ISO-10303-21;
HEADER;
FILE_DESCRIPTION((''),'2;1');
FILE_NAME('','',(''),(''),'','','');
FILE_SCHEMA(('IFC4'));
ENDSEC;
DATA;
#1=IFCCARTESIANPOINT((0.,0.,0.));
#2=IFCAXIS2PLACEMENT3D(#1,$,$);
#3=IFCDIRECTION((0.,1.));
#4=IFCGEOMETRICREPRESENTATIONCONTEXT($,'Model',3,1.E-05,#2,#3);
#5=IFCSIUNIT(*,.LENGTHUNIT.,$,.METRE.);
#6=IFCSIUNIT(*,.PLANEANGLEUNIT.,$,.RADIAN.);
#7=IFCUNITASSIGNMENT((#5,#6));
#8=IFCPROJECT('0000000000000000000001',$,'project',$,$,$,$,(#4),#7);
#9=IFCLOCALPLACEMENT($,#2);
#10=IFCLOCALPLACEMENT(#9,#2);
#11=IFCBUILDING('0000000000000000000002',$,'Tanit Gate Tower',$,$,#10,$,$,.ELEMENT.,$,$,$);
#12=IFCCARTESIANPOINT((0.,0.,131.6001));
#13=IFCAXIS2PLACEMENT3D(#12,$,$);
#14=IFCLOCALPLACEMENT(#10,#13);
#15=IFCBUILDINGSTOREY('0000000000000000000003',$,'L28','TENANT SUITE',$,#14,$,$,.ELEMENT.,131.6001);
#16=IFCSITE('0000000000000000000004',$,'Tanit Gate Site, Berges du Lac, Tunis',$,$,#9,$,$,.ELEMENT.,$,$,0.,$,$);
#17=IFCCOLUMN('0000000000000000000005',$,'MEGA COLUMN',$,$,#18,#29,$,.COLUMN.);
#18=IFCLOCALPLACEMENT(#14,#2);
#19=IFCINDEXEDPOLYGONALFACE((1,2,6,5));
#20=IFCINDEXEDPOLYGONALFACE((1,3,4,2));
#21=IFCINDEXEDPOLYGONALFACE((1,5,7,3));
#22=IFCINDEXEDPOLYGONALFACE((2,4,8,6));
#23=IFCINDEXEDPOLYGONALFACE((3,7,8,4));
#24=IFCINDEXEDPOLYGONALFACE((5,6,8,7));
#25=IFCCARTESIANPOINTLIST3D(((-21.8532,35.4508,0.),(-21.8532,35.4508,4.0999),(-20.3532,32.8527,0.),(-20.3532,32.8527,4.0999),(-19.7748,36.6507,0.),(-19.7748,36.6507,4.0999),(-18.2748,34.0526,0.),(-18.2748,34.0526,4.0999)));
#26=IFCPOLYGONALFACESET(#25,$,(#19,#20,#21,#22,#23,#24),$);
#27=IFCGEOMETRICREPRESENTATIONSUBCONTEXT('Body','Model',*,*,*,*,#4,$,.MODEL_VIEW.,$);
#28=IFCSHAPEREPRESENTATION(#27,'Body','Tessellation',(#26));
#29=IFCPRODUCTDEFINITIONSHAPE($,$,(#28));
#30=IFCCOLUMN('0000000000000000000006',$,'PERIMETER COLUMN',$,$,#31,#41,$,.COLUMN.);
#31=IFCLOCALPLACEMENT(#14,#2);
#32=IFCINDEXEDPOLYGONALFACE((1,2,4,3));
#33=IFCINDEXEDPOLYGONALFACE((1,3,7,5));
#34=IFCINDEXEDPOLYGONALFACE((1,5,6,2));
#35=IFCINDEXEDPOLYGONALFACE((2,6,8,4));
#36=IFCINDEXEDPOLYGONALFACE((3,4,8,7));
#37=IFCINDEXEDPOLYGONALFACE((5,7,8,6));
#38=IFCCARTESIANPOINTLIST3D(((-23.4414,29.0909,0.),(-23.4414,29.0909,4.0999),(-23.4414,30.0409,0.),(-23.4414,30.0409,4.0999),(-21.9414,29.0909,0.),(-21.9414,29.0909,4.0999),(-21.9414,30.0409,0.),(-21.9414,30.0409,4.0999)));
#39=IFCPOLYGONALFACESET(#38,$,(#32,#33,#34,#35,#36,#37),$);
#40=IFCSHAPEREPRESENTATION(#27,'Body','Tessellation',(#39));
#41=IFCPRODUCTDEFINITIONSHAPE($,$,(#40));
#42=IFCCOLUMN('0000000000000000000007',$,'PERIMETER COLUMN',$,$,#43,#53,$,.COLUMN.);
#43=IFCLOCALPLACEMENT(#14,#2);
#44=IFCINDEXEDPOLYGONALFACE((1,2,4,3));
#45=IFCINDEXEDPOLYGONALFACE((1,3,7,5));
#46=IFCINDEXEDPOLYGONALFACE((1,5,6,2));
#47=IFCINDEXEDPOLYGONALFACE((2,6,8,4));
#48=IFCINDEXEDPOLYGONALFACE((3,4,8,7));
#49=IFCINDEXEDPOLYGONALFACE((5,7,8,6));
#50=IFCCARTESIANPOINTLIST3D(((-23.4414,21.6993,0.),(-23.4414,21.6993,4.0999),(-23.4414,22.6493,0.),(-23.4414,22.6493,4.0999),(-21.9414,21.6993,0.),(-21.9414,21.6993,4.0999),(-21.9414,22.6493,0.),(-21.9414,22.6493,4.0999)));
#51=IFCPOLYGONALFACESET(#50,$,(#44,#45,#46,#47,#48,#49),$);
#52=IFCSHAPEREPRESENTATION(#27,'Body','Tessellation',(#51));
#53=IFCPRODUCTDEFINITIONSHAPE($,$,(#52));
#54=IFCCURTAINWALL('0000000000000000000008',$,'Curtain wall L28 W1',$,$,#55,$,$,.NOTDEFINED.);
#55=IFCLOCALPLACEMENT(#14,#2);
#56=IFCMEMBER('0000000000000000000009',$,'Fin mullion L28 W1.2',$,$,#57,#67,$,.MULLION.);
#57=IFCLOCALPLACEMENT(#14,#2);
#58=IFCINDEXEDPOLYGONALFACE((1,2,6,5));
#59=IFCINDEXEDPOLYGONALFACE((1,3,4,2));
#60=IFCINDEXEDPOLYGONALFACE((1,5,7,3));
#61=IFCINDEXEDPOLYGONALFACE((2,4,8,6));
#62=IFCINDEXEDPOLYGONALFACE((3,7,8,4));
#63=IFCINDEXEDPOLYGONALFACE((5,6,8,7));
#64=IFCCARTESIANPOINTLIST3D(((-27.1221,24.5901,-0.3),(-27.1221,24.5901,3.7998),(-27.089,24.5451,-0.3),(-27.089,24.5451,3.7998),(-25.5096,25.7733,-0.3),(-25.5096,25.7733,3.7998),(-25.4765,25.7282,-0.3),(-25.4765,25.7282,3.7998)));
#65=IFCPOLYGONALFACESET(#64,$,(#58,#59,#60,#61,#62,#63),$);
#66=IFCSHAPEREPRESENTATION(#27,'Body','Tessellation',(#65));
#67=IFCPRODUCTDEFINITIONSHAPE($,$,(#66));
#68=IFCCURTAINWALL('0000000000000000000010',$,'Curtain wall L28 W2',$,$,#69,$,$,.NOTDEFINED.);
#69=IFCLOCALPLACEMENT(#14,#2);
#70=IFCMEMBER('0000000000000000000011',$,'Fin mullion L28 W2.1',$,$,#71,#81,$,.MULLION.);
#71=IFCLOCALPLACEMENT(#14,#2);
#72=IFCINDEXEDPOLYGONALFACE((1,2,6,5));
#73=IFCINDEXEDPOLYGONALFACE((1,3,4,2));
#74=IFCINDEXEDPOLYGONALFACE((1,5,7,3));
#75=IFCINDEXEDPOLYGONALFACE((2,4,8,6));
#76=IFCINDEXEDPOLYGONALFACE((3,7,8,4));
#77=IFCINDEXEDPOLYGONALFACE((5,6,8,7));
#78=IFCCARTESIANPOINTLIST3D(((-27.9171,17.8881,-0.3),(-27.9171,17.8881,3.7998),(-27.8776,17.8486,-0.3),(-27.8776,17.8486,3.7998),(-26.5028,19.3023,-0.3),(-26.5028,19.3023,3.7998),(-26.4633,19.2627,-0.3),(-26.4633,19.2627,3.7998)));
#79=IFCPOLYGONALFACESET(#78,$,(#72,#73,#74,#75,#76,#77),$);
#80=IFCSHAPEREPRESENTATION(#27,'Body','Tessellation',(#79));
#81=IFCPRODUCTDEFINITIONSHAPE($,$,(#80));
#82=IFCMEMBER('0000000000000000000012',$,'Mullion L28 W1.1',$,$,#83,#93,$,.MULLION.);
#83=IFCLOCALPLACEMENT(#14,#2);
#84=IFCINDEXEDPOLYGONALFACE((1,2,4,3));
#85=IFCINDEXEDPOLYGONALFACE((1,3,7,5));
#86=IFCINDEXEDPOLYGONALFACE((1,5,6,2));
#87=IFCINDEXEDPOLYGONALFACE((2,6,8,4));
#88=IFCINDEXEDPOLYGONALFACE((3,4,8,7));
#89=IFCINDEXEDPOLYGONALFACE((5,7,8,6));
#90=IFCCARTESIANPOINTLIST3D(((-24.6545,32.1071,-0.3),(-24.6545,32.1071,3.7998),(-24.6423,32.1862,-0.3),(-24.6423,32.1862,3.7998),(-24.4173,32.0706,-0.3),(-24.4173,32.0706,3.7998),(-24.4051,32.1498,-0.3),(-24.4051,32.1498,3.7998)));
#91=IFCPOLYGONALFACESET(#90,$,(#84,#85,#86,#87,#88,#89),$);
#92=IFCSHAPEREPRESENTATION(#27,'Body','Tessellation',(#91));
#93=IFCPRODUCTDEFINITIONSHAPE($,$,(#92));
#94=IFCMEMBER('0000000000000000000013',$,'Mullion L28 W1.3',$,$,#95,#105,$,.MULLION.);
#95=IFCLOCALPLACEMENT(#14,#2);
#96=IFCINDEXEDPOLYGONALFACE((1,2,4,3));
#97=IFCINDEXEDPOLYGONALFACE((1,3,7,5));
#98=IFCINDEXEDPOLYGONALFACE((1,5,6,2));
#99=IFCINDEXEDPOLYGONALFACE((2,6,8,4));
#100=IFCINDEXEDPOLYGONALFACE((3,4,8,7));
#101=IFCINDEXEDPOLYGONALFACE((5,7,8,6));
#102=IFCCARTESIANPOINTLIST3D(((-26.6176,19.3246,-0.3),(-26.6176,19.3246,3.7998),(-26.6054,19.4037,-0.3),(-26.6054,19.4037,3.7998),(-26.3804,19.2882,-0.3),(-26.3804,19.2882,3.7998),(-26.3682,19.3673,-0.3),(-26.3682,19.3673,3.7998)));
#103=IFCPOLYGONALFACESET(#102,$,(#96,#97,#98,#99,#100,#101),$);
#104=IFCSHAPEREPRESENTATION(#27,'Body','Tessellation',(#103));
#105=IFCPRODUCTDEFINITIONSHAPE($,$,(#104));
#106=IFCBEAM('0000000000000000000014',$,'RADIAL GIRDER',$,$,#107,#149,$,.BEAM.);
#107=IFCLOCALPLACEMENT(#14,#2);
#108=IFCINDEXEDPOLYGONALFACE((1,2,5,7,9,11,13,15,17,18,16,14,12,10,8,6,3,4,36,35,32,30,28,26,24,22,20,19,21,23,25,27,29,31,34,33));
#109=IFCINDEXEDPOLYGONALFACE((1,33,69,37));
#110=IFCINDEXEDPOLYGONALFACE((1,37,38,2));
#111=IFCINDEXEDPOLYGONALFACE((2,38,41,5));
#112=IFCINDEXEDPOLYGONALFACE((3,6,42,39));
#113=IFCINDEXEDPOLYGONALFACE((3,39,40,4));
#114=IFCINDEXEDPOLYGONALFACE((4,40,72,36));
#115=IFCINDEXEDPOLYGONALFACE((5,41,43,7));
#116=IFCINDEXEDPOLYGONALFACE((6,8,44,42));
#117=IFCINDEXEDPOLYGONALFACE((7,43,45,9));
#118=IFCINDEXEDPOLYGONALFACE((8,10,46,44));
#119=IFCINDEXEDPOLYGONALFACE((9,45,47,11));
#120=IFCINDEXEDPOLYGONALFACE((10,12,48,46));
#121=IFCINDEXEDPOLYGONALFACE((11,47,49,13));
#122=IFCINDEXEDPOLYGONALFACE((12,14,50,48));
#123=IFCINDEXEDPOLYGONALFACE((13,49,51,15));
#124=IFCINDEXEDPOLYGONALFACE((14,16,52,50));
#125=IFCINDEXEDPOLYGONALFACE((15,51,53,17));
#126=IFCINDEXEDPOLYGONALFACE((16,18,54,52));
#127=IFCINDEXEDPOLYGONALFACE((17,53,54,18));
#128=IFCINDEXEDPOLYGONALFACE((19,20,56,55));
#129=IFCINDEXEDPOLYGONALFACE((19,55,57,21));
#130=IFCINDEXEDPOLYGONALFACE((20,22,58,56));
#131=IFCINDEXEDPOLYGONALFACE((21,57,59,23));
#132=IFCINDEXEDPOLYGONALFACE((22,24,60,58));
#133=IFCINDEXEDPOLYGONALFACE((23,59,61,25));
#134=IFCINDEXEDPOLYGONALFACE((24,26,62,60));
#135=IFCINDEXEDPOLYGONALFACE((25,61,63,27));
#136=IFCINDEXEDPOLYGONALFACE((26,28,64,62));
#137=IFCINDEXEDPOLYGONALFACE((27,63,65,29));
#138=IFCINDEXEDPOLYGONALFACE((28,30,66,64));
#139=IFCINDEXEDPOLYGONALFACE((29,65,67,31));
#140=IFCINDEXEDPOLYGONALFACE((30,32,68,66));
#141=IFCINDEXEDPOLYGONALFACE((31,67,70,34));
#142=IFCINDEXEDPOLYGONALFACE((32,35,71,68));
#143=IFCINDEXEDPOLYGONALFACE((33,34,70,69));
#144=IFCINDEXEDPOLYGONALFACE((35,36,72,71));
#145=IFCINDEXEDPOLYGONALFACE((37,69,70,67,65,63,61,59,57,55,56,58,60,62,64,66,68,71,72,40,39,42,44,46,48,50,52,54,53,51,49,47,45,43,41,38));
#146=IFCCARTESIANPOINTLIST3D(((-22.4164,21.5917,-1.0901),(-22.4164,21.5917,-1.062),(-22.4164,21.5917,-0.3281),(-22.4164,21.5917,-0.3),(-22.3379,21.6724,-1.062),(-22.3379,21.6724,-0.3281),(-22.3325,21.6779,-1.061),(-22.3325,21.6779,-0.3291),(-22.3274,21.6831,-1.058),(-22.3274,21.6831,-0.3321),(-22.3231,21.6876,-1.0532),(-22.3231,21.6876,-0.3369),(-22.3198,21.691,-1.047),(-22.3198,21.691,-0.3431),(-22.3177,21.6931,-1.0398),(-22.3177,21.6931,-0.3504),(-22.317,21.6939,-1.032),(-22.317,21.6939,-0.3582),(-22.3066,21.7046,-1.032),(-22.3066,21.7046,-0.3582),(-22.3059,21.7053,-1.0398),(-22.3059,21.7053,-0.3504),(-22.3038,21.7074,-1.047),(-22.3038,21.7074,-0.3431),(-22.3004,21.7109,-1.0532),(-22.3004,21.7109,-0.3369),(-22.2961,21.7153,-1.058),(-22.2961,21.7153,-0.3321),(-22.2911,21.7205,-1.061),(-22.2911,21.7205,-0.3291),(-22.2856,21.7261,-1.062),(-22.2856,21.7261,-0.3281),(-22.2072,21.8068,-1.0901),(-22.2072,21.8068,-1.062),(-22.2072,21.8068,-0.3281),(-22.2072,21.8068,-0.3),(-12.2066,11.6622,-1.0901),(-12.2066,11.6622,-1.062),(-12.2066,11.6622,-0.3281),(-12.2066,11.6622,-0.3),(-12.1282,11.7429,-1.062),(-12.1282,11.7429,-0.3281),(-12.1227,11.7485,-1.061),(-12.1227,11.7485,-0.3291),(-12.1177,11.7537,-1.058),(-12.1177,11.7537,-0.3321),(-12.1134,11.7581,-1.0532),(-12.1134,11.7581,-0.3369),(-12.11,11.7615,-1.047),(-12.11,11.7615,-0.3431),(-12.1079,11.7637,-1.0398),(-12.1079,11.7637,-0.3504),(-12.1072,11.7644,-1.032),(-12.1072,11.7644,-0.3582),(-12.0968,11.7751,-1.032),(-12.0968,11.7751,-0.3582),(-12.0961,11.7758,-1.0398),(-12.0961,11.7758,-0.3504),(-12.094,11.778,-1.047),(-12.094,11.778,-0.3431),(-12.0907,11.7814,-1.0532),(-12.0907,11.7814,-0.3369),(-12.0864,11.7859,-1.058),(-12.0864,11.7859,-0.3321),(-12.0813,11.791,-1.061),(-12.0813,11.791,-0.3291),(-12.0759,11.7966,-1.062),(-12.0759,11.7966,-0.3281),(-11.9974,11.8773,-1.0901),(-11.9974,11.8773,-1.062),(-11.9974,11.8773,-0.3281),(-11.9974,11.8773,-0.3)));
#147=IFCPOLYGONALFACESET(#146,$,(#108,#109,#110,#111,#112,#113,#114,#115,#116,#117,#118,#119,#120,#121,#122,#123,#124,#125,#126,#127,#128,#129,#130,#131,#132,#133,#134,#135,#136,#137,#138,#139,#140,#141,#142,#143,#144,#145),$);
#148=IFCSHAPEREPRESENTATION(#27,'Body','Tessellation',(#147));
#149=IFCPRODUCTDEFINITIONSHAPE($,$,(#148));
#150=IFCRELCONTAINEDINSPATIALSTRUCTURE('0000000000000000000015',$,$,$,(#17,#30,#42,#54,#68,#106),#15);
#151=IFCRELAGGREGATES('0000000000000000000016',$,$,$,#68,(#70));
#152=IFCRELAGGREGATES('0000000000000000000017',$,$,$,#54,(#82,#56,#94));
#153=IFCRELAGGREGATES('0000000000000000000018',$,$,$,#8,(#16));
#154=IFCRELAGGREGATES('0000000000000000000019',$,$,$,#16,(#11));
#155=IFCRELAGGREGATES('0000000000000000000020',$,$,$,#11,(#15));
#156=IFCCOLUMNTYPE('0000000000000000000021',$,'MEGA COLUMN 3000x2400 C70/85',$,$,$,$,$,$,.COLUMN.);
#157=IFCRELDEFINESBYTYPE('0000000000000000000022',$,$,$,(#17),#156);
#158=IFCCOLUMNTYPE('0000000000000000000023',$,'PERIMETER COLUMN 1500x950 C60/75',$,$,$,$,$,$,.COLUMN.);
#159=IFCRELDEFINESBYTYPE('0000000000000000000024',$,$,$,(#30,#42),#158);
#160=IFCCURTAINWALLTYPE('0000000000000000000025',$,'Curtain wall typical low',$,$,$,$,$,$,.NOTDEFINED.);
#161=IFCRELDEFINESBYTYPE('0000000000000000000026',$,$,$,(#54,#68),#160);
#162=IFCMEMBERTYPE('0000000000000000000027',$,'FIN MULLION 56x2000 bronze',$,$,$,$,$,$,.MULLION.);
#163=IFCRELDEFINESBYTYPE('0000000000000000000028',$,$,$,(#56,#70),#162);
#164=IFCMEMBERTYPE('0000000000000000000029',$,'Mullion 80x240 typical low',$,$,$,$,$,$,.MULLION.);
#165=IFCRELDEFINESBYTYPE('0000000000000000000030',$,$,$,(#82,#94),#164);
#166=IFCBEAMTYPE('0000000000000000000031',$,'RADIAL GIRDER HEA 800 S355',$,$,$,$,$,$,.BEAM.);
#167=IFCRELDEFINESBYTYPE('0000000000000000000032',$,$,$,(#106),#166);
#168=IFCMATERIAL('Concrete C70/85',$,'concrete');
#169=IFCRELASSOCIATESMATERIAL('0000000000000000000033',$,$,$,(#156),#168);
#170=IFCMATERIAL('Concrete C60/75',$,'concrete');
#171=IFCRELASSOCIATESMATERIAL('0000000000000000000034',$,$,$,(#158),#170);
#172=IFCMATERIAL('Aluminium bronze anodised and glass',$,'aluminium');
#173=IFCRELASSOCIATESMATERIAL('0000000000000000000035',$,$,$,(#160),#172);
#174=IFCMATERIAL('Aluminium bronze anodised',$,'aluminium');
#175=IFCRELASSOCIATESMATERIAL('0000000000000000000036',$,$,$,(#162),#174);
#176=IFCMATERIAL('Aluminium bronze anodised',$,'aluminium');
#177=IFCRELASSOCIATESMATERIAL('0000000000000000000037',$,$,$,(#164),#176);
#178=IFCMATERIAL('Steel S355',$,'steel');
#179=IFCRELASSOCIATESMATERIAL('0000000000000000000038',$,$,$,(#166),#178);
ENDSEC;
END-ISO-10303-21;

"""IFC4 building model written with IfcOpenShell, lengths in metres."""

from ifc_helpers import new_model, si_unit, direction, frame, origin, origin_2d, place, context, subcontext, project, spatial, rectangle, i_section, extrude, material, material_profile, profile_set, type_object, element, aggregate, save


model = new_model("IFC4")

# Units and contexts
model_context = context("Model", 3, precision=1e-05, world=origin(), true_north=direction((0.0, 1.0)))
body_context = subcontext(model_context, "Body", "Model", "MODEL_VIEW")
ifc_project = project(units=[si_unit("LENGTHUNIT", "METRE"), si_unit("PLANEANGLEUNIT", "RADIAN")], contexts=[model_context])

# Site, building, storey
site_placement = place(None, origin())
site = spatial("IfcSite", under=ifc_project, at=site_placement, Name="Tanit Gate Site, Berges du Lac, Tunis", CompositionType="ELEMENT", RefElevation=0.0)
building_placement = place(site_placement, origin())
building = spatial("IfcBuilding", under=site, at=building_placement, Name="Tanit Gate Tower", CompositionType="ELEMENT")
storey_placement = place(building_placement, frame((0.0, 0.0, 131.6001)))
storey = spatial("IfcBuildingStorey", under=building, at=storey_placement, Name="L28", Description="TENANT SUITE", CompositionType="ELEMENT", Elevation=131.6001)

# Columns
ifc_material_1 = material(Name="Concrete C70/85", Category="concrete")
ifc_material_profile_1 = material_profile(ifc_material_1, rectangle(XDim=3.0, YDim=2.3999, at=origin_2d()), Name="RC 3000x2400")
ifc_profile_set_1 = profile_set([ifc_material_profile_1], Name="Concrete C70/85")
column_type_1 = type_object("IfcColumnType", Name="MEGA COLUMN 3000x2400 C70/85", PredefinedType="COLUMN", material=ifc_profile_set_1)
column_placement = place(storey_placement, frame((-20.064, 34.7517, 0.0), z_axis=(0.0, 0.0, 1.0), x_axis=(-0.5, 0.866025, 0.0)))
element("IfcColumn", 1, at=column_placement, inside=storey, type_object=column_type_1, Name="MEGA COLUMN", PredefinedType="COLUMN", context=body_context, shape_type="SweptSolid", body=[
    extrude(rectangle(XDim=3.0, YDim=2.3999, at=origin_2d()), origin(), (0.0, 0.0, 1.0), 4.0999),
])
ifc_material_2 = material(Name="Concrete C60/75", Category="concrete")
ifc_material_profile_2 = material_profile(ifc_material_2, rectangle(XDim=1.5, YDim=0.95, at=origin_2d()), Name="RC 1500x950")
ifc_profile_set_2 = profile_set([ifc_material_profile_2], Name="Concrete C60/75")
column_type_2 = type_object("IfcColumnType", Name="PERIMETER COLUMN 1500x950 C60/75", PredefinedType="COLUMN", material=ifc_profile_set_2)
for number, where, z_axis, x_axis, name in (
    (2, (-22.6914, 29.5659, 0.0), (0.0, 0.0, 1.0), (-1.0, 0.0, 0.0), "PERIMETER COLUMN"),
    (3, (-22.6914, 22.1743, 0.0), (0.0, 0.0, 1.0), (-1.0, 0.0, 0.0), "PERIMETER COLUMN"),
):
    element("IfcColumn", number, at=place(storey_placement, frame(where, z_axis=z_axis, x_axis=x_axis)), inside=storey, type_object=column_type_2, Name=name, PredefinedType="COLUMN", context=body_context, shape_type="SweptSolid", body=[
        extrude(rectangle(XDim=1.5, YDim=0.95, at=origin_2d()), origin(), (0.0, 0.0, 1.0), 4.0999),
    ])

# Curtain walls, members
ifc_material_3 = material(Name="Aluminium bronze anodised and glass", Category="aluminium")
curtain_wall_type = type_object("IfcCurtainWallType", Name="Curtain wall typical low", PredefinedType="NOTDEFINED", material=ifc_material_3)
curtain_wall_1_placement = place(storey_placement, origin())
curtain_wall_1 = element("IfcCurtainWall", 4, at=curtain_wall_1_placement, inside=storey, type_object=curtain_wall_type, Name="Curtain wall L28 W1", PredefinedType="NOTDEFINED")
ifc_material_4 = material(Name="Aluminium bronze anodised", Category="aluminium")
ifc_material_profile_3 = material_profile(ifc_material_4, rectangle(XDim=2.0, YDim=0.0559, at=origin_2d()), Name="56x2000 bronze fin mullion")
ifc_profile_set_3 = profile_set([ifc_material_profile_3], Name="Aluminium bronze anodised")
member_type_1 = type_object("IfcMemberType", Name="FIN MULLION 56x2000 bronze", PredefinedType="MULLION", material=ifc_profile_set_3)
member_1_placement = place(storey_placement, frame((-26.2993, 25.1592, -0.3), z_axis=(0.0, 0.0, 1.0), x_axis=(0.806255, 0.591568, 0.0)))
member_1 = element("IfcMember", 5, at=member_1_placement, type_object=member_type_1, Name="Fin mullion L28 W1.2", PredefinedType="MULLION", context=body_context, shape_type="SweptSolid", body=[
    extrude(rectangle(XDim=2.0, YDim=0.0559, at=origin_2d()), origin(), (0.0, 0.0, 1.0), 4.0999),
])
curtain_wall_2_placement = place(storey_placement, origin())
curtain_wall_2 = element("IfcCurtainWall", 6, at=curtain_wall_2_placement, inside=storey, type_object=curtain_wall_type, Name="Curtain wall L28 W2", PredefinedType="NOTDEFINED")
member_2_placement = place(storey_placement, frame((-27.1902, 18.5754, -0.3), z_axis=(0.0, 0.0, 1.0), x_axis=(0.707156, 0.707058, 0.0)))
member_2 = element("IfcMember", 7, at=member_2_placement, type_object=member_type_1, Name="Fin mullion L28 W2.1", PredefinedType="MULLION", context=body_context, shape_type="SweptSolid", body=[
    extrude(rectangle(XDim=2.0, YDim=0.0559, at=origin_2d()), origin(), (0.0, 0.0, 1.0), 4.0999),
])

# Members
ifc_material_5 = material(Name="Aluminium bronze anodised", Category="aluminium")
ifc_material_profile_4 = material_profile(ifc_material_5, rectangle(XDim=0.24, YDim=0.0801, at=origin_2d()), Name="80x240 bronze mullion")
ifc_profile_set_4 = profile_set([ifc_material_profile_4], Name="Aluminium bronze anodised")
member_type_2 = type_object("IfcMemberType", Name="Mullion 80x240 typical low", PredefinedType="MULLION", material=ifc_profile_set_4)
member_3_placement = place(storey_placement, frame((-24.5298, 32.1284, -0.3), z_axis=(0.0, 0.0, 1.0), x_axis=(0.98841, -0.151807, 0.0)))
member_3 = element("IfcMember", 8, at=member_3_placement, type_object=member_type_2, Name="Mullion L28 W1.1", PredefinedType="MULLION", context=body_context, shape_type="SweptSolid", body=[
    extrude(rectangle(XDim=0.24, YDim=0.0801, at=origin_2d()), origin(), (0.0, 0.0, 1.0), 4.0999),
])
member_4_placement = place(storey_placement, frame((-26.4929, 19.3459, -0.3), z_axis=(0.0, 0.0, 1.0), x_axis=(0.98841, -0.151807, 0.0)))
member_4 = element("IfcMember", 9, at=member_4_placement, type_object=member_type_2, Name="Mullion L28 W1.3", PredefinedType="MULLION", context=body_context, shape_type="SweptSolid", body=[
    extrude(rectangle(XDim=0.24, YDim=0.0801, at=origin_2d()), origin(), (0.0, 0.0, 1.0), 4.0999),
])

# Beam
ifc_material_6 = material(Name="Steel S355", Category="steel")
ifc_material_profile_5 = material_profile(ifc_material_6, i_section(OverallWidth=0.3, OverallDepth=0.79, WebThickness=0.0149, FlangeThickness=0.0281, FilletRadius=0.03, at=origin_2d()), Name="HEA 800")
ifc_profile_set_5 = profile_set([ifc_material_profile_5], Name="Steel S355")
beam_type_1 = type_object("IfcBeamType", Name="RADIAL GIRDER HEA 800 S355", PredefinedType="BEAM", material=ifc_profile_set_5)
beam_1_placement = place(storey_placement, frame((-22.3118, 21.6992, -0.6951), z_axis=(0.716878, -0.697199, 0.0), x_axis=(0.697199, 0.716878, 0.0)))
element("IfcBeam", 10, at=beam_1_placement, inside=storey, type_object=beam_type_1, Name="RADIAL GIRDER", PredefinedType="BEAM", context=body_context, shape_type="SweptSolid", body=[
    extrude(i_section(OverallWidth=0.3, OverallDepth=0.79, WebThickness=0.0149, FlangeThickness=0.0281, FilletRadius=0.03, at=origin_2d()), origin(), (0.0, 0.0, 1.0), 14.2419),
])

aggregate(curtain_wall_2, [member_2])

aggregate(curtain_wall_1, [member_3, member_1, member_4])

save(model, "model.ifc")
